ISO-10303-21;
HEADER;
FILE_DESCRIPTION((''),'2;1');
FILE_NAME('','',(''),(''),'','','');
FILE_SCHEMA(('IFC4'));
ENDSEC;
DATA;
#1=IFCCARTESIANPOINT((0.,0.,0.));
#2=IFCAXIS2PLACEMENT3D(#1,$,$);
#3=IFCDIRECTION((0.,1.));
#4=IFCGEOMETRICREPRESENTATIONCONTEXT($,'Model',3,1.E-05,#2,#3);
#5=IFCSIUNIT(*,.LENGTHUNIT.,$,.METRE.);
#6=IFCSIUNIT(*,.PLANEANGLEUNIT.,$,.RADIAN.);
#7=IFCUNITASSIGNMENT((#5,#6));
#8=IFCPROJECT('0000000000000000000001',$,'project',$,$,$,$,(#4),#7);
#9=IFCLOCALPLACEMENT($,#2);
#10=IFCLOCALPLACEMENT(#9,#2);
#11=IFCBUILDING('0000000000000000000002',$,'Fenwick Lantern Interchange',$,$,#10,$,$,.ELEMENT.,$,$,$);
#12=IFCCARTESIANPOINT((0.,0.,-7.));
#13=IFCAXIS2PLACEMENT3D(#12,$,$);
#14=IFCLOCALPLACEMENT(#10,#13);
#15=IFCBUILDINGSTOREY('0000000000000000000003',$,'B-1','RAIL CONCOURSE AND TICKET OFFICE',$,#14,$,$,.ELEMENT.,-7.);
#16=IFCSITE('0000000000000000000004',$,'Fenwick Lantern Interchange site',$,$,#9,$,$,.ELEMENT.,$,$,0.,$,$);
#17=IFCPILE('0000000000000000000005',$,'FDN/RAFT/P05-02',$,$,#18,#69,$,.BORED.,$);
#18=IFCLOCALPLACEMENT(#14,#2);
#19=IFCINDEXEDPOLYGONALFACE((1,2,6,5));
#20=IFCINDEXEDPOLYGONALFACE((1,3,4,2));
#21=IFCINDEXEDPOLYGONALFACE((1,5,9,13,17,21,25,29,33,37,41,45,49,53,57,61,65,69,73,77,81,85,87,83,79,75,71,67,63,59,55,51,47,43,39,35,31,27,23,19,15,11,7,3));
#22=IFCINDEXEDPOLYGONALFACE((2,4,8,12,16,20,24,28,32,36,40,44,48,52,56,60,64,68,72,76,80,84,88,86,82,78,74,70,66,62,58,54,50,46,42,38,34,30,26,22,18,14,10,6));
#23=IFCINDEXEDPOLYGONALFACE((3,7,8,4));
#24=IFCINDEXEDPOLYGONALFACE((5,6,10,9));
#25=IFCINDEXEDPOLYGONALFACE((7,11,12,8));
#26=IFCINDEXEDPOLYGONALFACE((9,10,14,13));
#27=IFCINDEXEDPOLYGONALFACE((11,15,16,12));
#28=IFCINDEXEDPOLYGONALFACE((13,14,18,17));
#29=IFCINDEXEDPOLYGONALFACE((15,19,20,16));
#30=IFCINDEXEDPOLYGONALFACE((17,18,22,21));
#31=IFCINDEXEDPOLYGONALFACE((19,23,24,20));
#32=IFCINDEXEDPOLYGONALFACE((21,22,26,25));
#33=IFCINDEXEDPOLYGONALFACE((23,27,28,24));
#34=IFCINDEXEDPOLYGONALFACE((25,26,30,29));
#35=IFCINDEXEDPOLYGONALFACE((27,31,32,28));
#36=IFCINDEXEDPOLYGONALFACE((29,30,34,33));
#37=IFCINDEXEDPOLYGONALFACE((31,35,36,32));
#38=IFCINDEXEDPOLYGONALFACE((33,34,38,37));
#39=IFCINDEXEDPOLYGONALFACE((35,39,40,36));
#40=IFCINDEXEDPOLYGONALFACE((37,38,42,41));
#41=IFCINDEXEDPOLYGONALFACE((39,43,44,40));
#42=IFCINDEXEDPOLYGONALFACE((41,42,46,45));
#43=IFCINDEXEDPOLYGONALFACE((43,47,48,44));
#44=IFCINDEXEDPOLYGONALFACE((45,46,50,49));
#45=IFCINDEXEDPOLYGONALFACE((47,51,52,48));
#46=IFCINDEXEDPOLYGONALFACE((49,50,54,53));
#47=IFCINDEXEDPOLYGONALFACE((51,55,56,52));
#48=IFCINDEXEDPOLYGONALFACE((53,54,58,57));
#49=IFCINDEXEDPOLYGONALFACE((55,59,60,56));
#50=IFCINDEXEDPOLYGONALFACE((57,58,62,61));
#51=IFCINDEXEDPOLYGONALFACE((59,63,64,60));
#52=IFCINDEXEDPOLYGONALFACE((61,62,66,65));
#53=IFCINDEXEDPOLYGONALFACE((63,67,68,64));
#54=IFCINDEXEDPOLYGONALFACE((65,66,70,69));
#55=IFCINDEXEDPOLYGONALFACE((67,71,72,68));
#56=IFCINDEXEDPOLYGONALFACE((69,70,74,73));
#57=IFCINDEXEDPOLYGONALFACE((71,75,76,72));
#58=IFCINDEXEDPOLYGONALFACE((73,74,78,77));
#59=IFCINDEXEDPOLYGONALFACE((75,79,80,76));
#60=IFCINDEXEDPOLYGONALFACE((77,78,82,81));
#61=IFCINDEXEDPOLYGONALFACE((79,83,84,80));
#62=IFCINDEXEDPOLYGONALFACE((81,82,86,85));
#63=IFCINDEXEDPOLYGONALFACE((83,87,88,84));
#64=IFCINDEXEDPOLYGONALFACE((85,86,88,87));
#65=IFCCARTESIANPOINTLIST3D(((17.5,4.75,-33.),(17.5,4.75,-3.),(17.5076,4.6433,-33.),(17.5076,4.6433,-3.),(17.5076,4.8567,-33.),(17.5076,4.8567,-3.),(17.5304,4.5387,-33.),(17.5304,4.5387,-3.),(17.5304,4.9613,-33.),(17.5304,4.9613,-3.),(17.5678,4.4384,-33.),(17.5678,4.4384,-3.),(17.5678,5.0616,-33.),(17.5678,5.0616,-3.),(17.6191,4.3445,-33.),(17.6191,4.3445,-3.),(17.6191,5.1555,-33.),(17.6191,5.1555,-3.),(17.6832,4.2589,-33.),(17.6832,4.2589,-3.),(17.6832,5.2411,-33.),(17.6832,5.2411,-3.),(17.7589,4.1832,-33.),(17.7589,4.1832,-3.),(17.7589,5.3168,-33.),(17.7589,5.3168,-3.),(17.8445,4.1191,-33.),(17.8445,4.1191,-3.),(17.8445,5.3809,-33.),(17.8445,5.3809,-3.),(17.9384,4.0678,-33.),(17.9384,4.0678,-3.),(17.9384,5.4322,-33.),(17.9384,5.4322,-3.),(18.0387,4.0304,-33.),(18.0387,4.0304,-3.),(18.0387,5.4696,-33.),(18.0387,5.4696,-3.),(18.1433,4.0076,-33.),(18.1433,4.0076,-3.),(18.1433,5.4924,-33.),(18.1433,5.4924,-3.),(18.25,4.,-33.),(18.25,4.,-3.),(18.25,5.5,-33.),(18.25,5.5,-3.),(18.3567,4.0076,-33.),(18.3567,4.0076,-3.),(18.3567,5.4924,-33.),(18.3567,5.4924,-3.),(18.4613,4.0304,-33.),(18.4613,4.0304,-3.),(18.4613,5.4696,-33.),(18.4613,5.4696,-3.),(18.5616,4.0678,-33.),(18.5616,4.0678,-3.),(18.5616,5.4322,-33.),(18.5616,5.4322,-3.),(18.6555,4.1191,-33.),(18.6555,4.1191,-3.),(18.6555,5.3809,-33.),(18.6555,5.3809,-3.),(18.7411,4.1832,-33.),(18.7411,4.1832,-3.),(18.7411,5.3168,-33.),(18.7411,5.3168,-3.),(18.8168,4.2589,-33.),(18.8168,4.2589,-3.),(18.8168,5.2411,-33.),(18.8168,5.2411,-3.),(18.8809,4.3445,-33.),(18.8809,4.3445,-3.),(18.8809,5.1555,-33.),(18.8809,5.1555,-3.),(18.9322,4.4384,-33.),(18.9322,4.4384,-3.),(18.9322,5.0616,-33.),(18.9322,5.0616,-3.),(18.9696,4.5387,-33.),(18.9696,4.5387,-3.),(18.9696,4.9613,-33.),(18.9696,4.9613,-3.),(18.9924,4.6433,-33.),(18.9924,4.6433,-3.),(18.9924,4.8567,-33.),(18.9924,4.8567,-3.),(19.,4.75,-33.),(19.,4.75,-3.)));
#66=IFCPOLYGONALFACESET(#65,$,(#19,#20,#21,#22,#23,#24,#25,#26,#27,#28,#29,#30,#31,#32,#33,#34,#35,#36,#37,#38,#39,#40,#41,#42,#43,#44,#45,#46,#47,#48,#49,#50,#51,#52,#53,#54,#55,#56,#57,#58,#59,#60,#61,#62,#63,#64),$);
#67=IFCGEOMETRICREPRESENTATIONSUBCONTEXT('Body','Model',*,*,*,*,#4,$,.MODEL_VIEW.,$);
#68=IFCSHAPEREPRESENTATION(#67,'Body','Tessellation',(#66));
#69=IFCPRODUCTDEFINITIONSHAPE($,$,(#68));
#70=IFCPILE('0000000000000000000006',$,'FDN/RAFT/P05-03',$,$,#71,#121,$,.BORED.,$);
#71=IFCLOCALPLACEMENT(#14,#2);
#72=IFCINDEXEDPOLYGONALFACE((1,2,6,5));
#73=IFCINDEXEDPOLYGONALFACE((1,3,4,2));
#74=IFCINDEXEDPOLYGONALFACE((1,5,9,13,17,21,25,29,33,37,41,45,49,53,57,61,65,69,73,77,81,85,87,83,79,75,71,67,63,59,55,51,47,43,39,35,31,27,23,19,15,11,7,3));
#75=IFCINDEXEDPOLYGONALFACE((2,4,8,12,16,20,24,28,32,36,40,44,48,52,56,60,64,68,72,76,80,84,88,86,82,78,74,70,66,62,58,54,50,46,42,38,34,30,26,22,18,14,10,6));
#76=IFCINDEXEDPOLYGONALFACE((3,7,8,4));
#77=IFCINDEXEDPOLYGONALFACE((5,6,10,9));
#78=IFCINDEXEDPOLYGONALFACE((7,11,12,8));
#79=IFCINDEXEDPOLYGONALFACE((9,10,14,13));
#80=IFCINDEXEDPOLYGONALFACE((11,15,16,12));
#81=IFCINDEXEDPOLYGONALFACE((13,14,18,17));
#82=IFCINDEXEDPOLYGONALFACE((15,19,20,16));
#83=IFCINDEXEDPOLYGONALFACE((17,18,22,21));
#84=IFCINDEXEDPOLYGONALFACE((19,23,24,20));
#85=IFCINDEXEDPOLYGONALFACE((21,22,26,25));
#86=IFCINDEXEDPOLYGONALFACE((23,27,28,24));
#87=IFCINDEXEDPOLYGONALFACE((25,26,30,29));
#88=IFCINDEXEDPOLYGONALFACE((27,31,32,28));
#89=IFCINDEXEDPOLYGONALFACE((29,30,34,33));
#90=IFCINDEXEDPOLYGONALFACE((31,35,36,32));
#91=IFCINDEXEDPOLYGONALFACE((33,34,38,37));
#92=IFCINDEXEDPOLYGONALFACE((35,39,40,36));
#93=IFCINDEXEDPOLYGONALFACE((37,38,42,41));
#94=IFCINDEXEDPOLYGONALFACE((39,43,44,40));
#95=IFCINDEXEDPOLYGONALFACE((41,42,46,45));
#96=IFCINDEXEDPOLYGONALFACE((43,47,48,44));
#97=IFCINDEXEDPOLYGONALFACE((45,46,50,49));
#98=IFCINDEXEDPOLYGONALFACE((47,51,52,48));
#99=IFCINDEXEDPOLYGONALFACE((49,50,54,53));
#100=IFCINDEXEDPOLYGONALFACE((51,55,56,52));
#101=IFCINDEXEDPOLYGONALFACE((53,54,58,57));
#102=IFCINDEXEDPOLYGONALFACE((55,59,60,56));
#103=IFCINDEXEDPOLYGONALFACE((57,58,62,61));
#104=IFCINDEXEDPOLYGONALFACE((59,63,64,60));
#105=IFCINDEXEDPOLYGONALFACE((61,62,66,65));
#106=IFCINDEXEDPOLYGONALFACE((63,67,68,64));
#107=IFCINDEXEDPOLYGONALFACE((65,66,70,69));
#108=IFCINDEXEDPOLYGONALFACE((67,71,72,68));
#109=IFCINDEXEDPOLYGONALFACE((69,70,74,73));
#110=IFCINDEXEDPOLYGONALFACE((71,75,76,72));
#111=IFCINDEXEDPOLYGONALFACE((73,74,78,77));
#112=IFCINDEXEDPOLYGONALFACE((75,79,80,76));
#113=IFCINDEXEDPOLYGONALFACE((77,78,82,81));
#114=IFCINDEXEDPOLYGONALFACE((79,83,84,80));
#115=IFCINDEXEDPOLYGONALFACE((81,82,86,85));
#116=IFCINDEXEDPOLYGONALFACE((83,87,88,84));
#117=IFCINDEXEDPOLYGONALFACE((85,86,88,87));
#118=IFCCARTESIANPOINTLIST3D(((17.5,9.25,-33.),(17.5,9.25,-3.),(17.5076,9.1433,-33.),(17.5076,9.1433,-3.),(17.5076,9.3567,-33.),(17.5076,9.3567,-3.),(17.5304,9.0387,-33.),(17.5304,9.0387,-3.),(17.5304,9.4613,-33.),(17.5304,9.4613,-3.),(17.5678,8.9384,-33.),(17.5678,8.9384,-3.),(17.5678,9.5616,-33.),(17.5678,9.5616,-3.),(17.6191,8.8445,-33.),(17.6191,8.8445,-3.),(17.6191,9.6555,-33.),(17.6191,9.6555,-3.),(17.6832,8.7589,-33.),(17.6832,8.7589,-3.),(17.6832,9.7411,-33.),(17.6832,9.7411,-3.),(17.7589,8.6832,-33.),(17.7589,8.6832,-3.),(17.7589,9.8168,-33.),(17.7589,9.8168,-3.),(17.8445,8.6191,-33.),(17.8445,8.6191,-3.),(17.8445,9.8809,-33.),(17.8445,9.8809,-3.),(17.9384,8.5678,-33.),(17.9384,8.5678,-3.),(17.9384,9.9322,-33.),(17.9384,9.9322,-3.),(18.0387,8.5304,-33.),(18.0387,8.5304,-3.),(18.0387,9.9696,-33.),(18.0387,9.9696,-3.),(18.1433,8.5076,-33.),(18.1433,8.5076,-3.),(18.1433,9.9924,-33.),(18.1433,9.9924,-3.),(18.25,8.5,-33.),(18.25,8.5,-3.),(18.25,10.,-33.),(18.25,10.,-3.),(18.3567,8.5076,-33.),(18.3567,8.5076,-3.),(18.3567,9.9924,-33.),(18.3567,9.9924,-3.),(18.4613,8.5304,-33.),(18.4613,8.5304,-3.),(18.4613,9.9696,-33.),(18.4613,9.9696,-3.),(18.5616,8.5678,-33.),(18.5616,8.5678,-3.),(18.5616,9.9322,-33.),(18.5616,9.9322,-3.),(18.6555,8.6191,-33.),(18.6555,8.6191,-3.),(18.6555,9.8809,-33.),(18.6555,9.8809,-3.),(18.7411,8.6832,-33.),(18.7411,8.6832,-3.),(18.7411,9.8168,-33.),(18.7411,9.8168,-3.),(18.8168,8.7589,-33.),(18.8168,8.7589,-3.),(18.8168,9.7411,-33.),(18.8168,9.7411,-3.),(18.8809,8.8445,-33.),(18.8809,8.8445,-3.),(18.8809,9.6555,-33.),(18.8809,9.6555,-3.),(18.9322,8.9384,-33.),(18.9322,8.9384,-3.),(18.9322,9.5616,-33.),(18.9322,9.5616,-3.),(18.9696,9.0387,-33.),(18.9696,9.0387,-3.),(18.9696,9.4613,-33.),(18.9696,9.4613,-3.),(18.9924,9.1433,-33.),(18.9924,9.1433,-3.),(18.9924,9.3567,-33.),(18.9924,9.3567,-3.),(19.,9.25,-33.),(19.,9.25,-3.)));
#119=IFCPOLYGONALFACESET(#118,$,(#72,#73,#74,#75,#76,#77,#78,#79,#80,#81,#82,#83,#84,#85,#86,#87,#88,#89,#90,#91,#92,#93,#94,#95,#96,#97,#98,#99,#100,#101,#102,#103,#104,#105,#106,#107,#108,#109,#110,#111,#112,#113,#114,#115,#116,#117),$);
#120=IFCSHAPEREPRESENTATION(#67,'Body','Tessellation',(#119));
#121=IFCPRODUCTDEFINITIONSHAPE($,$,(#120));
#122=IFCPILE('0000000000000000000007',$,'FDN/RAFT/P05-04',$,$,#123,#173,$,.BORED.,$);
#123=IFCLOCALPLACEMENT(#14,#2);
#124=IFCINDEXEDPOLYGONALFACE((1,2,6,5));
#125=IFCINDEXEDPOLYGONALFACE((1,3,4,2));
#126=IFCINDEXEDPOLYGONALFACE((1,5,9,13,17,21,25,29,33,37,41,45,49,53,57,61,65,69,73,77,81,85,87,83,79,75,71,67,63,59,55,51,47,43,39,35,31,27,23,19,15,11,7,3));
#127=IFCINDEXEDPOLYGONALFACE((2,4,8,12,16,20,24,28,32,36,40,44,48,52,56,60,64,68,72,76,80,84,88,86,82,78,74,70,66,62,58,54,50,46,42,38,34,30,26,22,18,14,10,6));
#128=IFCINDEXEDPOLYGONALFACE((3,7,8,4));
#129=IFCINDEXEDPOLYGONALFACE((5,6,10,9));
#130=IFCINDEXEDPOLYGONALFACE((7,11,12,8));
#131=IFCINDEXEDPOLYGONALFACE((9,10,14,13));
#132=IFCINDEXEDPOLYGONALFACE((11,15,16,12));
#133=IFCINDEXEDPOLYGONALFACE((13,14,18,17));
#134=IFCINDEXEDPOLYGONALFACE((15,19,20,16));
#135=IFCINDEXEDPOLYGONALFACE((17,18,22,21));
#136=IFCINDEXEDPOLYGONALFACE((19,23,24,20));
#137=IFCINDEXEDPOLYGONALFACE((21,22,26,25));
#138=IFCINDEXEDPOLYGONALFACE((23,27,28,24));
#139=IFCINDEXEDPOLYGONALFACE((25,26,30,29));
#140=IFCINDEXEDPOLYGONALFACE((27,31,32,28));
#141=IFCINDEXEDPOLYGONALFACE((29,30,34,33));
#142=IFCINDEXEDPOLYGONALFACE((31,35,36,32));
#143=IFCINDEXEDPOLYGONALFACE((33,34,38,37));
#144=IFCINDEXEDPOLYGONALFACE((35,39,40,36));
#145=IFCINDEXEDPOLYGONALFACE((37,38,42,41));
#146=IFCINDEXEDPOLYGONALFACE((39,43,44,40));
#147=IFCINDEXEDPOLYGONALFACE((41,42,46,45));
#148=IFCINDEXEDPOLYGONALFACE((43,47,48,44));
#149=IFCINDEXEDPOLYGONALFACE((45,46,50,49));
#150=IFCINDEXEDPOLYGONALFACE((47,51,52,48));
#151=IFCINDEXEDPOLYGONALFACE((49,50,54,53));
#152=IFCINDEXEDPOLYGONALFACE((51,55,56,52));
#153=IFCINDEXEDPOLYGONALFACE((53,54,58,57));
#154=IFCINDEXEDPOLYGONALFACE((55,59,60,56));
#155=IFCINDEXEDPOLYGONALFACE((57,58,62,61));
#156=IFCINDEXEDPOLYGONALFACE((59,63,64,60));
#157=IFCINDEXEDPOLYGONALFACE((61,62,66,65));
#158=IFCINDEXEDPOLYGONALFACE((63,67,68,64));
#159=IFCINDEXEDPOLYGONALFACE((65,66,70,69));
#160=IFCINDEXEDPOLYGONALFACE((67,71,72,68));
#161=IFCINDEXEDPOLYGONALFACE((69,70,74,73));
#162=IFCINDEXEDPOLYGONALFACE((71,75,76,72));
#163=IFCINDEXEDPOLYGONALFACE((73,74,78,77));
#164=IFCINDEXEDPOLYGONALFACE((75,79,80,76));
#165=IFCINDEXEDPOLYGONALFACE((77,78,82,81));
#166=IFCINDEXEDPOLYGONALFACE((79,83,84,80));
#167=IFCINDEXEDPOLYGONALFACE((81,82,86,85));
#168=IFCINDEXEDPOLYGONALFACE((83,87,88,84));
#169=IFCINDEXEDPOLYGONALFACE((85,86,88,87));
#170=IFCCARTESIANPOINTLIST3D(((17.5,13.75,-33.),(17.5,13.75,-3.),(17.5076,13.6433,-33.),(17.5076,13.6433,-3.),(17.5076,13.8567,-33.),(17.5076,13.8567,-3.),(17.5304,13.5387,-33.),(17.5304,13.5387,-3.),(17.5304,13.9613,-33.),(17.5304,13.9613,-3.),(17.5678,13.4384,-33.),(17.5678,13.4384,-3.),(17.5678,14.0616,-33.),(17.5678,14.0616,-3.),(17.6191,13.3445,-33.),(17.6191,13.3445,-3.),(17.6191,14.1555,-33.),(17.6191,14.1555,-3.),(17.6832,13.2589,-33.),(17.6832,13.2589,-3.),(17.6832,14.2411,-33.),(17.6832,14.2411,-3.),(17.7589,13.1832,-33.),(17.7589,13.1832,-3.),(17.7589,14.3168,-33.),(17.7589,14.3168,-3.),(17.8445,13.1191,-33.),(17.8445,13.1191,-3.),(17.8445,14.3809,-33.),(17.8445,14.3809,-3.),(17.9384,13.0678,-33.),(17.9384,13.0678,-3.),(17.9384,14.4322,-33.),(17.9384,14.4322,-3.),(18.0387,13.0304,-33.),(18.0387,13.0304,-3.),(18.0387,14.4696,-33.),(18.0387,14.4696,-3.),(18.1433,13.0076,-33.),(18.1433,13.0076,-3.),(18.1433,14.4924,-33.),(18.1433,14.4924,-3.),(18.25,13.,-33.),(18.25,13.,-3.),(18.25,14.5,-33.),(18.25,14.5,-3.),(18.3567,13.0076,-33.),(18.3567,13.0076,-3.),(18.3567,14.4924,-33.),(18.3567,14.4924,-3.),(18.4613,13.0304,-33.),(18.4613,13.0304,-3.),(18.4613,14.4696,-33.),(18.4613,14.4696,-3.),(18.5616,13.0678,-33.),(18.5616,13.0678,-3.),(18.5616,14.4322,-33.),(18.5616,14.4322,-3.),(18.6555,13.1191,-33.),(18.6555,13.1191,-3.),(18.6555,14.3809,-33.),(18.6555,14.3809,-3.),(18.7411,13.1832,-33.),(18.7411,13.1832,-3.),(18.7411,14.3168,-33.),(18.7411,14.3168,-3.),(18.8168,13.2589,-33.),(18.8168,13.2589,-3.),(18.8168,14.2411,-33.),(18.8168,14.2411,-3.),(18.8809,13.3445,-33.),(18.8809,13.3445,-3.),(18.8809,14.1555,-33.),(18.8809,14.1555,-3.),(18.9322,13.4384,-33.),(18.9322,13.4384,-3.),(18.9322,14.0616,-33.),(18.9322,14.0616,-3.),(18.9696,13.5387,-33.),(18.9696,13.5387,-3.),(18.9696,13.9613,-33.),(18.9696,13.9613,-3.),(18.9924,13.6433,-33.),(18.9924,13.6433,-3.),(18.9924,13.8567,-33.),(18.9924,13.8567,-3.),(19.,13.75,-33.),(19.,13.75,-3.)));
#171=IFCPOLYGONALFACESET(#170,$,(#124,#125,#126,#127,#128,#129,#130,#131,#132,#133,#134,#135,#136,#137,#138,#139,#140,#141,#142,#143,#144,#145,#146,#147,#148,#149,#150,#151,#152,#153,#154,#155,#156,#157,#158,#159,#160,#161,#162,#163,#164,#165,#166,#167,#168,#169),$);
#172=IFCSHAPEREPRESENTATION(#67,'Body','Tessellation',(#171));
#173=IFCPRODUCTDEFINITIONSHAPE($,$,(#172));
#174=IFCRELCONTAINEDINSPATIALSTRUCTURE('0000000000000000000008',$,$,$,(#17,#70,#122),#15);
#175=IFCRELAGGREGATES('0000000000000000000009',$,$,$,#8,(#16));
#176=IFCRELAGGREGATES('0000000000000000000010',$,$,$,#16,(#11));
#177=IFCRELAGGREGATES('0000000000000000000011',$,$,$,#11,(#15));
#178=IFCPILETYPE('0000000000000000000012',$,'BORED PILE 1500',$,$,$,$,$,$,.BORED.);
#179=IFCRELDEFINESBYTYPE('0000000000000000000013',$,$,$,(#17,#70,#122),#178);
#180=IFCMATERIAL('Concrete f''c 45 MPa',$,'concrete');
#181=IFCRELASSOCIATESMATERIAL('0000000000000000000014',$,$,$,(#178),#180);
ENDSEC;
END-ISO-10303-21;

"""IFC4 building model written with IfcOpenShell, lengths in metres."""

from ifc_helpers import new_model, si_unit, direction, frame, origin, origin_2d, place, context, subcontext, project, spatial, circle, extrude, material, type_object, element, save


model = new_model("IFC4")

# Units and contexts
model_context = context("Model", 3, precision=1e-05, world=origin(), true_north=direction((0.0, 1.0)))
body_context = subcontext(model_context, "Body", "Model", "MODEL_VIEW")
ifc_project = project(units=[si_unit("LENGTHUNIT", "METRE"), si_unit("PLANEANGLEUNIT", "RADIAN")], contexts=[model_context])

# Site, building, storey
site_placement = place(None, origin())
site = spatial("IfcSite", under=ifc_project, at=site_placement, Name="Fenwick Lantern Interchange site", CompositionType="ELEMENT", RefElevation=0.0)
building_placement = place(site_placement, origin())
building = spatial("IfcBuilding", under=site, at=building_placement, Name="Fenwick Lantern Interchange", CompositionType="ELEMENT")
storey_placement = place(building_placement, frame((0.0, 0.0, -7.0)))
storey = spatial("IfcBuildingStorey", under=building, at=storey_placement, Name="B-1", Description="RAIL CONCOURSE AND TICKET OFFICE", CompositionType="ELEMENT", Elevation=-7.0)

# Piles
ifc_material_1 = material(Name="Concrete f'c 45 MPa", Category="concrete")
pile_type = type_object("IfcPileType", Name="BORED PILE 1500", PredefinedType="BORED", material=ifc_material_1)
for number, where, z_axis, x_axis, name in (
    (1, (18.25, 4.75, -3.0), (0.0, 0.0, -1.0), (1.0, 0.0, 0.0), "FDN/RAFT/P05-02"),
    (2, (18.25, 9.25, -3.0), (0.0, 0.0, -1.0), (1.0, 0.0, 0.0), "FDN/RAFT/P05-03"),
    (3, (18.25, 13.75, -3.0), (0.0, 0.0, -1.0), (1.0, 0.0, 0.0), "FDN/RAFT/P05-04"),
):
    element("IfcPile", number, at=place(storey_placement, frame(where, z_axis=z_axis, x_axis=x_axis)), inside=storey, type_object=pile_type, Name=name, PredefinedType="BORED", context=body_context, shape_type="SweptSolid", body=[
        extrude(circle(Radius=0.75, at=origin_2d()), origin(), (0.0, 0.0, 1.0), 30.0),
    ])

save(model, "model.ifc")
